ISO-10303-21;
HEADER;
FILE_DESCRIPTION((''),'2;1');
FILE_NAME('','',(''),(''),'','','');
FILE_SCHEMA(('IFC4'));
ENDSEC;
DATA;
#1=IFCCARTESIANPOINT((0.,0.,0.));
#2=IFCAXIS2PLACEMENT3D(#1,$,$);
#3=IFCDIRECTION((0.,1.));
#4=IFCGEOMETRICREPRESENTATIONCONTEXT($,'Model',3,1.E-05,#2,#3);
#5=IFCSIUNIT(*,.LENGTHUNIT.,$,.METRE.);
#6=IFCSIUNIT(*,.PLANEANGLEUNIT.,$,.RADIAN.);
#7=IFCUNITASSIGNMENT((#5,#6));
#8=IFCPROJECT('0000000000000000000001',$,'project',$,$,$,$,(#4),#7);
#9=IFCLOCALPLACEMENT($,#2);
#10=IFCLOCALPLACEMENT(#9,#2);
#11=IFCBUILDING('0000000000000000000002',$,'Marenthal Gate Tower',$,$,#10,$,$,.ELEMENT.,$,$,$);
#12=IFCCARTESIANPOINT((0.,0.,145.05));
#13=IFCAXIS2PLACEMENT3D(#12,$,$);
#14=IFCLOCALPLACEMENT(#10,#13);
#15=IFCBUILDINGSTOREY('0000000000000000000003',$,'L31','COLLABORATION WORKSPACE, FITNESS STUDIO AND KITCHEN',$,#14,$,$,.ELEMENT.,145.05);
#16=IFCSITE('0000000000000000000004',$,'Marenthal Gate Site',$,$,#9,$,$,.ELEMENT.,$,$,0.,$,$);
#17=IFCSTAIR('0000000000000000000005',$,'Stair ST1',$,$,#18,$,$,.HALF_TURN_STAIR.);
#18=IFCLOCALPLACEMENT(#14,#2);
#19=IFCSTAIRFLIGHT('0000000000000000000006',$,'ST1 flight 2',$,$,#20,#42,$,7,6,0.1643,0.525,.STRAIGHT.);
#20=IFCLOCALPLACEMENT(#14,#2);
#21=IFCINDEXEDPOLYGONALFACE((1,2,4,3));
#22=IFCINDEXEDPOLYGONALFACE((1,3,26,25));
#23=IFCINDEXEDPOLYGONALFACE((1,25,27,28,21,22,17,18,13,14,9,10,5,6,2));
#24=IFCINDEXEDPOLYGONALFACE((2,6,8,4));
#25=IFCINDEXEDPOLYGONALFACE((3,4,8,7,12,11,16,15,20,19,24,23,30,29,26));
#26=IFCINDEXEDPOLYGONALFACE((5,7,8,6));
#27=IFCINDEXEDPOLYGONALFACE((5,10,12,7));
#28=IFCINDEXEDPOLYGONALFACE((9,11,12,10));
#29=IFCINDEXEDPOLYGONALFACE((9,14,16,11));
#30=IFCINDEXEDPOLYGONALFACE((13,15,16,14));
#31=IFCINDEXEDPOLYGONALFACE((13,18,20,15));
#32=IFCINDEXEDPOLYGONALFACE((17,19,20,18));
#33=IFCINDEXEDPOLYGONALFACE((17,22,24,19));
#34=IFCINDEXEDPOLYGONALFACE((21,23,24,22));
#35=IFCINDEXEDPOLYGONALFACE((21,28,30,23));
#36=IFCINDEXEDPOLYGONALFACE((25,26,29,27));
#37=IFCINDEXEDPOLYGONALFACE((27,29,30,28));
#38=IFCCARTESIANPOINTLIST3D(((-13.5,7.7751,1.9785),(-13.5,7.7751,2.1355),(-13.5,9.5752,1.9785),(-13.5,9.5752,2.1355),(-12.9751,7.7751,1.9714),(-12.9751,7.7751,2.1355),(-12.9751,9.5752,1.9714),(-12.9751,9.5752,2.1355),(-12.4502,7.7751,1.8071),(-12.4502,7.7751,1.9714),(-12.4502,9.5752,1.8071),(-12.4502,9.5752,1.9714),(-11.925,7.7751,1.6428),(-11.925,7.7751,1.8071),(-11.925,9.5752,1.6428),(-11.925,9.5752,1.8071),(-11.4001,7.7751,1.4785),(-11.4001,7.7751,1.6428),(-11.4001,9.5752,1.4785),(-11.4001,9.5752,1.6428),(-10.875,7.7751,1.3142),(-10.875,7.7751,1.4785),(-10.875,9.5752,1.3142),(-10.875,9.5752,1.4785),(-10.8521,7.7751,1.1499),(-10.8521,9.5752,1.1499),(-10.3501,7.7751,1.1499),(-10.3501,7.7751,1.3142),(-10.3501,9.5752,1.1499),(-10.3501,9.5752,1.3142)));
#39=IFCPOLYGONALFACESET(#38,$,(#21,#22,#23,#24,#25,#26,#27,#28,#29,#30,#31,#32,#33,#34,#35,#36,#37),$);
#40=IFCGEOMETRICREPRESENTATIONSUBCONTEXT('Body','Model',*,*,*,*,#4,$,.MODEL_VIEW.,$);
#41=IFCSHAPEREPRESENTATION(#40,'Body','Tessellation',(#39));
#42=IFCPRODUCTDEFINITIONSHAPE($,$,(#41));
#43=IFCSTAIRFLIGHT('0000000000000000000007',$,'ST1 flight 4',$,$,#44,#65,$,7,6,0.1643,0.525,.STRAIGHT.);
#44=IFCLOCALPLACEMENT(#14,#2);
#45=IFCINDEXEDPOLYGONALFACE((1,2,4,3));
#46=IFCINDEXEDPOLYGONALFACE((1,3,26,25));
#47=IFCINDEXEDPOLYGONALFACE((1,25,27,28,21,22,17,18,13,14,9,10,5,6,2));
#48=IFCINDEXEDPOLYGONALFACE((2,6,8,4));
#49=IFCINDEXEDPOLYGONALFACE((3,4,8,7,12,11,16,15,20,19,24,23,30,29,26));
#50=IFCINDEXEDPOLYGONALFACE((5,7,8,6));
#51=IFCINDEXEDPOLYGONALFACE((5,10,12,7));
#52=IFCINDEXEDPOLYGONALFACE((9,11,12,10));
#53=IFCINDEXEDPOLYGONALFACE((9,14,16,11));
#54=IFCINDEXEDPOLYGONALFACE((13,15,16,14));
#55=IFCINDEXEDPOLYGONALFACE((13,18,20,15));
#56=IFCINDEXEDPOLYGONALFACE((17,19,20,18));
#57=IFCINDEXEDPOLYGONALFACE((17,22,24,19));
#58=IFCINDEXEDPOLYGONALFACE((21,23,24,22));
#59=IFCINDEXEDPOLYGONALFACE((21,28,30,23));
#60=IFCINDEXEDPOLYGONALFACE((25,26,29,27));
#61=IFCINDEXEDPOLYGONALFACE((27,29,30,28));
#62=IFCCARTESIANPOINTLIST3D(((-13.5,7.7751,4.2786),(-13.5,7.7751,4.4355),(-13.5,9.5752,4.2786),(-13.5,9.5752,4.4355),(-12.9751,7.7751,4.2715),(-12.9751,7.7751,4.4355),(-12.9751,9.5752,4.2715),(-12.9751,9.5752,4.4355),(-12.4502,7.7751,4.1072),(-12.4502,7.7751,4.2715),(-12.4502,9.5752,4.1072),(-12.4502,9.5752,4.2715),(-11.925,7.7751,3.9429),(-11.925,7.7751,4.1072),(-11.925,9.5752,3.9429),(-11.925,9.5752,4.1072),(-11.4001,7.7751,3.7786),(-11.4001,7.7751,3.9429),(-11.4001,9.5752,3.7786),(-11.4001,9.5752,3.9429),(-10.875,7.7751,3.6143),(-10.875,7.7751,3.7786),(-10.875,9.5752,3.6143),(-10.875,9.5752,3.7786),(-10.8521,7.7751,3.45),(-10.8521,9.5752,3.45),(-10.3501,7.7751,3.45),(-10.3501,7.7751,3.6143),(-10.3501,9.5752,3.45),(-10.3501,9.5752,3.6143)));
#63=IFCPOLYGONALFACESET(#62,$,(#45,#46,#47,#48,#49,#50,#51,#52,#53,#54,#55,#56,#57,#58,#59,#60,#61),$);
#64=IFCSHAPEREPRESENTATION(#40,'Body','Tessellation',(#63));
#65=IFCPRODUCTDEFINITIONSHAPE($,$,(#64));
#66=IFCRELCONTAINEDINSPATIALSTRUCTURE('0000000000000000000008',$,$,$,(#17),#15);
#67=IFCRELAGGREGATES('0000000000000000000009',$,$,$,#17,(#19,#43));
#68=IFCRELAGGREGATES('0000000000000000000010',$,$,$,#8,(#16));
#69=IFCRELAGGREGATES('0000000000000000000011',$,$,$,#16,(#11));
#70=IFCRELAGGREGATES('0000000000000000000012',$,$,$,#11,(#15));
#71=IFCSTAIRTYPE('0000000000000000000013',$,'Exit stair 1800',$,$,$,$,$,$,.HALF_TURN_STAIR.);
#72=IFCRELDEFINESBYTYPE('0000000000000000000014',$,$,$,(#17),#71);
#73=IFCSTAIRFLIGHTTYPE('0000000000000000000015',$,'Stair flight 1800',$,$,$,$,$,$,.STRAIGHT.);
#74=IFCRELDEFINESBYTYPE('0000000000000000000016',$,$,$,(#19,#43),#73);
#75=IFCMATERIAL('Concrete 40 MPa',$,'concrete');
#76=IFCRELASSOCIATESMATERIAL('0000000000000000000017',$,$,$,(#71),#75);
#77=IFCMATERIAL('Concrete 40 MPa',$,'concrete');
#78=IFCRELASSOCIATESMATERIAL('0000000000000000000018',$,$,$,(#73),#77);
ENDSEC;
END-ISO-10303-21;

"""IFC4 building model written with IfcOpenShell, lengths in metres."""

from ifc_helpers import new_model, si_unit, direction, frame, origin, place, context, subcontext, project, spatial, polyline, outline, extrude, material, type_object, element, aggregate, save


model = new_model("IFC4")

# Units and contexts
model_context = context("Model", 3, precision=1e-05, world=origin(), true_north=direction((0.0, 1.0)))
body_context = subcontext(model_context, "Body", "Model", "MODEL_VIEW")
ifc_project = project(units=[si_unit("LENGTHUNIT", "METRE"), si_unit("PLANEANGLEUNIT", "RADIAN")], contexts=[model_context])

# Site, building, storey
site_placement = place(None, origin())
site = spatial("IfcSite", under=ifc_project, at=site_placement, Name="Marenthal Gate Site", CompositionType="ELEMENT", RefElevation=0.0)
building_placement = place(site_placement, origin())
building = spatial("IfcBuilding", under=site, at=building_placement, Name="Marenthal Gate Tower", CompositionType="ELEMENT")
storey_placement = place(building_placement, frame((0.0, 0.0, 145.05)))
storey = spatial("IfcBuildingStorey", under=building, at=storey_placement, Name="L31", Description="COLLABORATION WORKSPACE, FITNESS STUDIO AND KITCHEN", CompositionType="ELEMENT", Elevation=145.05)

# Stair, stair flights
ifc_material_1 = material(Name="Concrete 40 MPa", Category="concrete")
stair_type = type_object("IfcStairType", Name="Exit stair 1800", PredefinedType="HALF_TURN_STAIR", material=ifc_material_1)
stair_placement = place(storey_placement, origin())
stair = element("IfcStair", 1, at=stair_placement, inside=storey, type_object=stair_type, Name="Stair ST1", PredefinedType="HALF_TURN_STAIR")
ifc_material_2 = material(Name="Concrete 40 MPa", Category="concrete")
stair_flight_type = type_object("IfcStairFlightType", Name="Stair flight 1800", PredefinedType="STRAIGHT", material=ifc_material_2)
stair_flight_1_placement = place(storey_placement, frame((-10.3501, 8.675, 1.1499), z_axis=(0.0, 0.0, 1.0), x_axis=(-1.0, 0.0, 0.0)))
stair_flight_1 = element("IfcStairFlight", 2, at=stair_flight_1_placement, type_object=stair_flight_type, Name="ST1 flight 2", NumberOfRisers=7, NumberOfTreads=6, PredefinedType="STRAIGHT", RiserHeight=0.1643, TreadLength=0.525, context=body_context, shape_type="SweptSolid", body=[
    extrude(outline(polyline([(0.0, 0.0), (0.0, 0.1643), (0.5249, 0.1643), (0.5249, 0.3286), (1.05, 0.3286), (1.05, 0.4929), (1.575, 0.4929), (1.575, 0.6572), (2.1001, 0.6572), (2.1001, 0.8215), (2.625, 0.8215), (2.625, 0.9856), (3.1499, 0.9856), (3.1499, 1.1499), (3.1499, 0.8286), (0.502, 0.0), (0.0, 0.0)])), frame((0.0, 0.8999, 0.0), z_axis=(0.0, -1.0, 0.0), x_axis=(1.0, 0.0, 0.0)), (0.0, 0.0, 1.0), 1.8),
])
stair_flight_2_placement = place(storey_placement, frame((-10.3501, 8.675, 3.45), z_axis=(0.0, 0.0, 1.0), x_axis=(-1.0, 0.0, 0.0)))
stair_flight_2 = element("IfcStairFlight", 3, at=stair_flight_2_placement, type_object=stair_flight_type, Name="ST1 flight 4", NumberOfRisers=7, NumberOfTreads=6, PredefinedType="STRAIGHT", RiserHeight=0.1643, TreadLength=0.525, context=body_context, shape_type="SweptSolid", body=[
    extrude(outline(polyline([(0.0, 0.0), (0.0, 0.1643), (0.5249, 0.1643), (0.5249, 0.3286), (1.05, 0.3286), (1.05, 0.4929), (1.575, 0.4929), (1.575, 0.6572), (2.1001, 0.6572), (2.1001, 0.8215), (2.625, 0.8215), (2.625, 0.9856), (3.1499, 0.9856), (3.1499, 1.1499), (3.1499, 0.8286), (0.502, 0.0), (0.0, 0.0)])), frame((0.0, 0.8999, 0.0), z_axis=(0.0, -1.0, 0.0), x_axis=(1.0, 0.0, 0.0)), (0.0, 0.0, 1.0), 1.8),
])
aggregate(stair, [stair_flight_1, stair_flight_2])

save(model, "model.ifc")
